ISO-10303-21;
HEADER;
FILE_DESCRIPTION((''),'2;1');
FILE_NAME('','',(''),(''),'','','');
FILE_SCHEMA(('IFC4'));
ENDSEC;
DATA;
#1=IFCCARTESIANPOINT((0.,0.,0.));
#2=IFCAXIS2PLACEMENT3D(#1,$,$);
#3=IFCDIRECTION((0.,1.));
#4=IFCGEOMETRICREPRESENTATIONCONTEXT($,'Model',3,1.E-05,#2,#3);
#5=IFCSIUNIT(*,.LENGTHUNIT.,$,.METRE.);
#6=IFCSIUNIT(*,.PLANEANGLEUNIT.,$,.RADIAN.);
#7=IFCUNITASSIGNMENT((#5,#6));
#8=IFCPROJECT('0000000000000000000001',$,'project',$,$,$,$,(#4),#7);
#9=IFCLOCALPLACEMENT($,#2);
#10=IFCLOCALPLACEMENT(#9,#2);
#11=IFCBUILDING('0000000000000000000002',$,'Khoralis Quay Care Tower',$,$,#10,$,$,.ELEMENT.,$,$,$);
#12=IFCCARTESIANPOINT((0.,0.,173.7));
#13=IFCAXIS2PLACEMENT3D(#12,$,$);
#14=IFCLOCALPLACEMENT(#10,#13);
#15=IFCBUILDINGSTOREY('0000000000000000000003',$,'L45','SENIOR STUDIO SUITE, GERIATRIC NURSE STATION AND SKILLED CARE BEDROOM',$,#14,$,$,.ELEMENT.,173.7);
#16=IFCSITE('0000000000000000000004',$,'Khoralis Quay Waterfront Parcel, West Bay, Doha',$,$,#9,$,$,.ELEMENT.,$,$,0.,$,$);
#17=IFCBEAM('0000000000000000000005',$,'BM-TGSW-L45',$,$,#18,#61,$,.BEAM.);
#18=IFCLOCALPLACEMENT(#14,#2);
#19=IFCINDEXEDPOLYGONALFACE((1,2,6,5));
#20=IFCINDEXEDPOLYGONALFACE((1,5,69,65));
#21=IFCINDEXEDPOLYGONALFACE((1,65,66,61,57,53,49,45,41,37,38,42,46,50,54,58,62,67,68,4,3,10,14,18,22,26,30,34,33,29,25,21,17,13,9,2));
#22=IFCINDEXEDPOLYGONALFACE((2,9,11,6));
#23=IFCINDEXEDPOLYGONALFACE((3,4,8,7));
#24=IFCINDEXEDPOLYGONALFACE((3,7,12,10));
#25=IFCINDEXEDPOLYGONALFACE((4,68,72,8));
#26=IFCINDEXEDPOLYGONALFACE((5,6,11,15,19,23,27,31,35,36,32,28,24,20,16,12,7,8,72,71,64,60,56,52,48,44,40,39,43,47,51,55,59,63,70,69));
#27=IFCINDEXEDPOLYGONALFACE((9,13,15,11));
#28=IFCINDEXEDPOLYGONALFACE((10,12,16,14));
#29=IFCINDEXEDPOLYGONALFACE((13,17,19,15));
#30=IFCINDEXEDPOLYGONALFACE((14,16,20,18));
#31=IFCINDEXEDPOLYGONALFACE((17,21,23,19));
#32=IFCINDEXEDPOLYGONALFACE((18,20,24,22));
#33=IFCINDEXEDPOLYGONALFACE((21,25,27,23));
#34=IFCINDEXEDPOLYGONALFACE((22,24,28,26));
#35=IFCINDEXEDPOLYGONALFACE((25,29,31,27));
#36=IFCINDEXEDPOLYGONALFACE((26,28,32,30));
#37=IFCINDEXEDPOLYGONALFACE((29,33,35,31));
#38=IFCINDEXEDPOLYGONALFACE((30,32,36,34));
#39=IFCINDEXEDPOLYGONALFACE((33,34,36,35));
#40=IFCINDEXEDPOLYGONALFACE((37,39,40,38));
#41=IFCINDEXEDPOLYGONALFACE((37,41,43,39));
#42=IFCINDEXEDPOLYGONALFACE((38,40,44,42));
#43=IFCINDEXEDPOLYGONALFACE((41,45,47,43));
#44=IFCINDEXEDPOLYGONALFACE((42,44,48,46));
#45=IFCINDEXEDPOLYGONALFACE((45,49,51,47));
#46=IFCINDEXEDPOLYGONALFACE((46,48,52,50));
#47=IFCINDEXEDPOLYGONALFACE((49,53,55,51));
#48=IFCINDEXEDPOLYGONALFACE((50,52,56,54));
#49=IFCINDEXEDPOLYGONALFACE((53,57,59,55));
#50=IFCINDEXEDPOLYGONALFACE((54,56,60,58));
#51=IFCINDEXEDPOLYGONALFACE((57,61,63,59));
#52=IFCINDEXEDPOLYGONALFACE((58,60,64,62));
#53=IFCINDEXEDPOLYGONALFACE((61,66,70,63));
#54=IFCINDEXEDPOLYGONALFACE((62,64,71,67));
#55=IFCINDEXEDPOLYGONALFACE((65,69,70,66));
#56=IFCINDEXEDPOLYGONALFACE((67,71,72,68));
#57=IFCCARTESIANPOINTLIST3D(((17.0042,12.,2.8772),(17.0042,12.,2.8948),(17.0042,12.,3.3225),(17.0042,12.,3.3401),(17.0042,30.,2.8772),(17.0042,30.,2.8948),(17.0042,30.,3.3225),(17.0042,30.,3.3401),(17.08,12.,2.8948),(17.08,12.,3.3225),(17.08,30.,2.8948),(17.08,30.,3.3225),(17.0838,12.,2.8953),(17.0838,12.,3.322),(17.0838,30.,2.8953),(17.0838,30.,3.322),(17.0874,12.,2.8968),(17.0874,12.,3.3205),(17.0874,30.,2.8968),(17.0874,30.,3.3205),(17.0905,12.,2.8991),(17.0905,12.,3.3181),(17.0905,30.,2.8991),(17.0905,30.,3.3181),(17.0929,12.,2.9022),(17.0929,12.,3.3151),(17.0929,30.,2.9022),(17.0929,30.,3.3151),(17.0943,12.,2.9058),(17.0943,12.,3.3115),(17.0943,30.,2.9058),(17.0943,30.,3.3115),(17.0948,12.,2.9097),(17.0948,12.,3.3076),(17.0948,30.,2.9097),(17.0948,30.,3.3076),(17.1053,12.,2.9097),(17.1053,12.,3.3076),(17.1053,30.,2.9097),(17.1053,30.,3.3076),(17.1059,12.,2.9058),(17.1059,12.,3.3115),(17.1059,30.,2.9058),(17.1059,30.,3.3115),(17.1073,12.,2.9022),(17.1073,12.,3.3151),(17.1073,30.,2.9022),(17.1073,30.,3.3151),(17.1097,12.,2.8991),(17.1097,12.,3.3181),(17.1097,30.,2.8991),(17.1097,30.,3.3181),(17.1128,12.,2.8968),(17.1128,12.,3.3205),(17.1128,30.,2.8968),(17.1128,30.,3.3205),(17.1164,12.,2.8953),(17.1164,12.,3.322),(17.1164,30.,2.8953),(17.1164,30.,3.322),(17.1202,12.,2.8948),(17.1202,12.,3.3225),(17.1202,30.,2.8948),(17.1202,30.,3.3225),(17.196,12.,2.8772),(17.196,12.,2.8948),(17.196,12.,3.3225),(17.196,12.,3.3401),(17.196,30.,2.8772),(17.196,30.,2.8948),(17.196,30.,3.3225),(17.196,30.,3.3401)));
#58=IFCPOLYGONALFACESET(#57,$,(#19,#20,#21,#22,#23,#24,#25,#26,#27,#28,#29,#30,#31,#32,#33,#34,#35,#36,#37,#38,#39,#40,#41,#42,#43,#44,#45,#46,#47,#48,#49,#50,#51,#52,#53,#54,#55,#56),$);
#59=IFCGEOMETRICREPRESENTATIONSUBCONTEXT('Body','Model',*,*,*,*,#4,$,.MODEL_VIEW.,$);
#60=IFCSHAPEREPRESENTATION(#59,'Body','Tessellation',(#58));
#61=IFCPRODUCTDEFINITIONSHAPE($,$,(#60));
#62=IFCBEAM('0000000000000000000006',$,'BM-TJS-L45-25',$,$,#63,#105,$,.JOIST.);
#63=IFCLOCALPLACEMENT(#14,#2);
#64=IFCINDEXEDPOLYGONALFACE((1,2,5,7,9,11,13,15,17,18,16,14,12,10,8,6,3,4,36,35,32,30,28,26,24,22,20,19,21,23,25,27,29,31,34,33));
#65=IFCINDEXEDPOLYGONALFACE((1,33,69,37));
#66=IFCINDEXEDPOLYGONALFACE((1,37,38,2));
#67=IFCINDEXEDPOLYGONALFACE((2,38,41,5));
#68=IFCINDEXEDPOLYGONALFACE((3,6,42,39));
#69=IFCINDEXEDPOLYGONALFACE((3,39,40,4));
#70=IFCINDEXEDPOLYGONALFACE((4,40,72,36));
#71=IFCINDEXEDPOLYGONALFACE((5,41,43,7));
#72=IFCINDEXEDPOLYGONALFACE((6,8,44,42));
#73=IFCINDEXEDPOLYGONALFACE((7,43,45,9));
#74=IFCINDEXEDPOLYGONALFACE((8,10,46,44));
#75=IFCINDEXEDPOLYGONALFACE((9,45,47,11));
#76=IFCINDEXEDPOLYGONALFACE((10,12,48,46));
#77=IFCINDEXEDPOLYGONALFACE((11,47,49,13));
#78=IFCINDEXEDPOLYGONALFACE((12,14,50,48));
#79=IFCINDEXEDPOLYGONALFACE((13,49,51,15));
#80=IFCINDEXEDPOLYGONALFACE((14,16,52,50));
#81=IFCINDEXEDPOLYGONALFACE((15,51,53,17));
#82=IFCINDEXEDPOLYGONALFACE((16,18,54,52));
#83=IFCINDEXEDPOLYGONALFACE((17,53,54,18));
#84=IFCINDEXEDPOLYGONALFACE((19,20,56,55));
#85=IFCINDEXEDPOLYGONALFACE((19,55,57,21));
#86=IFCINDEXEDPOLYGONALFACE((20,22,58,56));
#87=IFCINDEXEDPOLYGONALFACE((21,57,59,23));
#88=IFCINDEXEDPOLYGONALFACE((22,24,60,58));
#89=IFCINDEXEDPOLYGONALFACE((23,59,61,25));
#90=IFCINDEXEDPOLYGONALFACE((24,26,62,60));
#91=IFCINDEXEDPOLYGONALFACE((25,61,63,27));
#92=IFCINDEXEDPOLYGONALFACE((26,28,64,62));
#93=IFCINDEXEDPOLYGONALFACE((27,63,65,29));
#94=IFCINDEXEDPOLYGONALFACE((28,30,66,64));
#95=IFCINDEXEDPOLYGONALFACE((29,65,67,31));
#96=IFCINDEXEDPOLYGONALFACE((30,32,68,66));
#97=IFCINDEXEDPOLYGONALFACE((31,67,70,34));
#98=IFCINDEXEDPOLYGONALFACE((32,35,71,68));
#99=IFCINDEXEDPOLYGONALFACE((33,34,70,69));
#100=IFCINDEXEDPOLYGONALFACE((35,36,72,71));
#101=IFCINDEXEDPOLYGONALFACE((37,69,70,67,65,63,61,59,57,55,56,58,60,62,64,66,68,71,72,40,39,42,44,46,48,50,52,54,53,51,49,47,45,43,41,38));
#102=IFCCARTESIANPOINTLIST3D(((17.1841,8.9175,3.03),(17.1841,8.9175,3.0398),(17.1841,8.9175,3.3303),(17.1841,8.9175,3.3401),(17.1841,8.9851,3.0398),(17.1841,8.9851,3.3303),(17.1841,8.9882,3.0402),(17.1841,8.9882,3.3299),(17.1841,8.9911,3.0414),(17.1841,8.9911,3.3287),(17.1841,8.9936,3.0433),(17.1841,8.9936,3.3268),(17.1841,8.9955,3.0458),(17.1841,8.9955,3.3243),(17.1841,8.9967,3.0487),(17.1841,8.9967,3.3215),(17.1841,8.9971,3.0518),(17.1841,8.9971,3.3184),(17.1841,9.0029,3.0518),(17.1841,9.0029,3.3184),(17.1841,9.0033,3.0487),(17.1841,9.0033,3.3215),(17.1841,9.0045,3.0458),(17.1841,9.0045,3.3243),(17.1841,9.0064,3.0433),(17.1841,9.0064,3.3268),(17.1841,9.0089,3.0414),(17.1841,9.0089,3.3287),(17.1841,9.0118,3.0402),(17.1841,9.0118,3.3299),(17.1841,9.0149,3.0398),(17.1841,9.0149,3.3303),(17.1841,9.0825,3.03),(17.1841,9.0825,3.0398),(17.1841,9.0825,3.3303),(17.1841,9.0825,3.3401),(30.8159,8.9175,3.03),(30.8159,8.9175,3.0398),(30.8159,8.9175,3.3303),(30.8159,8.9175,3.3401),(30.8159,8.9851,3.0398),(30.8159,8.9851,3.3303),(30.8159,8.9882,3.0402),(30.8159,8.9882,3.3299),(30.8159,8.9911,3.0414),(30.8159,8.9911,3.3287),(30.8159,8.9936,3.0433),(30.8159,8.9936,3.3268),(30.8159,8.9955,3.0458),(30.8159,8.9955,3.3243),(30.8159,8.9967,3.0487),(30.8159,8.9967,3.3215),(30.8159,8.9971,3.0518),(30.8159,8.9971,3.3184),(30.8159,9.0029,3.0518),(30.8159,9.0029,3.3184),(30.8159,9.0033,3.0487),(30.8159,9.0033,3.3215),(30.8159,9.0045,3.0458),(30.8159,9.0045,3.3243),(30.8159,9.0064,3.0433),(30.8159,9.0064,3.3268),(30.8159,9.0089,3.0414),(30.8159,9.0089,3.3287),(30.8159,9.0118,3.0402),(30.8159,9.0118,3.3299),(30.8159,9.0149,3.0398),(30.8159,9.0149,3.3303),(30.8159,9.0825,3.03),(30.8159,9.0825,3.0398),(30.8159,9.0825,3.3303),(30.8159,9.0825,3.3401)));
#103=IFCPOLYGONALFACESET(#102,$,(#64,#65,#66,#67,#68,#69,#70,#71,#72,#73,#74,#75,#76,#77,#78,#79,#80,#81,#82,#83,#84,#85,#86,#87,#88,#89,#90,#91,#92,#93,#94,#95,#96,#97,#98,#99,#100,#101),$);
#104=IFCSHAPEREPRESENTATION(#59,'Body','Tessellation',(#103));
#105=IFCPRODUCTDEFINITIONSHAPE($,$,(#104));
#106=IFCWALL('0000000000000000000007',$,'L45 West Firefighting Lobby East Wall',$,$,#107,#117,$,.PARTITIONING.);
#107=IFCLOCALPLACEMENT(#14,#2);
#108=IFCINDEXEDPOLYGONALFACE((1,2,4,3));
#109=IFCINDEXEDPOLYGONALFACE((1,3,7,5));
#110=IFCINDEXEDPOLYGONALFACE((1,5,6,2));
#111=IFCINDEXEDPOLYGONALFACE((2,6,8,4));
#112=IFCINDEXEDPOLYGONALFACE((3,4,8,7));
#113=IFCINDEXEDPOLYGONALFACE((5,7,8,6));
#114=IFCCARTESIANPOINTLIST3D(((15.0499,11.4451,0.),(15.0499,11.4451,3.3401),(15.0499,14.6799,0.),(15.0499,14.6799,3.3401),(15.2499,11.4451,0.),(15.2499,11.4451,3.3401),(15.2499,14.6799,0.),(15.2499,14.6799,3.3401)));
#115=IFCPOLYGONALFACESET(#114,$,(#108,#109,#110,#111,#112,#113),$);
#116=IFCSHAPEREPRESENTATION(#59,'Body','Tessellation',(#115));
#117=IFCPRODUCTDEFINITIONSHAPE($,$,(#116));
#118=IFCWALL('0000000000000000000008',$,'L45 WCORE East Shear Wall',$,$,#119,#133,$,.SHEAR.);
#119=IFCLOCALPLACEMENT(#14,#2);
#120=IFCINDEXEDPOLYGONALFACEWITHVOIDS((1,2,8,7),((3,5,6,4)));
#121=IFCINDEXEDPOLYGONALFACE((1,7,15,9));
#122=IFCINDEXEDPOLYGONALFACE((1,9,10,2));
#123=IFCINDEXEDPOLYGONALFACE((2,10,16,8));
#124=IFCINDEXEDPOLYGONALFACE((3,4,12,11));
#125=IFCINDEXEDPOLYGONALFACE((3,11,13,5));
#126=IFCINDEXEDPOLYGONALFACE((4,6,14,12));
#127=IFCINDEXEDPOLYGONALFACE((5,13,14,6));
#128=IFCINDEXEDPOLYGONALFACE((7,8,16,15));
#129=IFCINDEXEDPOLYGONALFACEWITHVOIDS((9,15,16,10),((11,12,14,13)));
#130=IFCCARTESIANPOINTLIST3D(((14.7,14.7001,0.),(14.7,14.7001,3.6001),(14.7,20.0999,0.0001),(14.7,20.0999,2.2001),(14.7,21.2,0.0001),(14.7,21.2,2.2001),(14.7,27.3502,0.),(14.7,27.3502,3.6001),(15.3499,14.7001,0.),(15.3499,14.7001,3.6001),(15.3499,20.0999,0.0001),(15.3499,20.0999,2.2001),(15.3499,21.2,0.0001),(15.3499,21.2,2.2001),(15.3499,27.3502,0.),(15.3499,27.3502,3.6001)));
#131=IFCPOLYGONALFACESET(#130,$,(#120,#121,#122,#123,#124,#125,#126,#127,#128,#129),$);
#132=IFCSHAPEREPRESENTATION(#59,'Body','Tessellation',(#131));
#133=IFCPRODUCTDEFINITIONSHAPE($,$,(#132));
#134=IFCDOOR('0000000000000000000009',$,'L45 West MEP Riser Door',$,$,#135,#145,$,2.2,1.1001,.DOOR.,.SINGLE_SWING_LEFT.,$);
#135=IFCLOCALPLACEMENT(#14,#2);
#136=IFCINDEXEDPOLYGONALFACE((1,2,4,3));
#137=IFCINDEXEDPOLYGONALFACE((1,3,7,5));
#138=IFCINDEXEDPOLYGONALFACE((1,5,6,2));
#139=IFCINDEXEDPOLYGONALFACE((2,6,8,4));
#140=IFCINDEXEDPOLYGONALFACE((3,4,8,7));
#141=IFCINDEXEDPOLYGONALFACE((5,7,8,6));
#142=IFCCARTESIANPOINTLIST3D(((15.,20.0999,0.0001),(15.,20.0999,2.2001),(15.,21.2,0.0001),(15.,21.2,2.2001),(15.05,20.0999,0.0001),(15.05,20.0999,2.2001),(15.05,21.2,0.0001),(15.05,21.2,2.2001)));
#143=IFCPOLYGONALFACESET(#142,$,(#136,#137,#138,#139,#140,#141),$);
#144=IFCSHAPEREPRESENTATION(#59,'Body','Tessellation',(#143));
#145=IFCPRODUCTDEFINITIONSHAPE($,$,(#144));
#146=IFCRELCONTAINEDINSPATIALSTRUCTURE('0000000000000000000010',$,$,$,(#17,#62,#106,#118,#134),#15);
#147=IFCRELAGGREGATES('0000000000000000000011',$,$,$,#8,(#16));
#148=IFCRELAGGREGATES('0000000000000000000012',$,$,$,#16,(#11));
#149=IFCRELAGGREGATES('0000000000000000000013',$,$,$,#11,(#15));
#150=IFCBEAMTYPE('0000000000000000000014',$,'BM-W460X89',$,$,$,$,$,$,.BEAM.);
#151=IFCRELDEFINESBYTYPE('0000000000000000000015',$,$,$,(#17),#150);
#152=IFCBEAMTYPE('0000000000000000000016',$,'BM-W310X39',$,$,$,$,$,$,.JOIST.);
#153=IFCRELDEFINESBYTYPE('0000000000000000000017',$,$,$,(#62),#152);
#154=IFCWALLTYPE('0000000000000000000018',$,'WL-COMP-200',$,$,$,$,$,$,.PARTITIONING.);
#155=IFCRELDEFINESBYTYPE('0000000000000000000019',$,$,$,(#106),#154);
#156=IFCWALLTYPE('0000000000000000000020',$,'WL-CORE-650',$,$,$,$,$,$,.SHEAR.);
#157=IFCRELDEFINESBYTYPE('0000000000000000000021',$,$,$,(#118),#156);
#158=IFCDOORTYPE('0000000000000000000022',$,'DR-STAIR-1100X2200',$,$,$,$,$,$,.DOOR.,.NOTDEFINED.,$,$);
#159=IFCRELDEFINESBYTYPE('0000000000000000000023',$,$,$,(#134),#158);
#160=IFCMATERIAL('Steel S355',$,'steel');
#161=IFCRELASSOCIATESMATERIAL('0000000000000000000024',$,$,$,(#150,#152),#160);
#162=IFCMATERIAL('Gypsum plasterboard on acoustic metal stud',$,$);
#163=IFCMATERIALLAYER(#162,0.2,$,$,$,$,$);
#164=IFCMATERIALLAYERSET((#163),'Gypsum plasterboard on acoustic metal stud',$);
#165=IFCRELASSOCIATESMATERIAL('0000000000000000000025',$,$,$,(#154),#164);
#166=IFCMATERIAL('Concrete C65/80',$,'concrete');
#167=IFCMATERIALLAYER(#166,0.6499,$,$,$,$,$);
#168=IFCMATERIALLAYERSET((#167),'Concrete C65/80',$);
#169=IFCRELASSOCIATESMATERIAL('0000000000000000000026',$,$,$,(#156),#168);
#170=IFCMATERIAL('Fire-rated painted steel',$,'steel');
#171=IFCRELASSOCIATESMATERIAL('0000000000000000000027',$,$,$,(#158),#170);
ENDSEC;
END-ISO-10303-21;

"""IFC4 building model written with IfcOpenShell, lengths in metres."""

from ifc_helpers import new_model, si_unit, direction, frame, frame_2d, origin, origin_2d, place, context, subcontext, project, spatial, rectangle, i_section, extrude, source, transform, mapped, material, layer, layer_set, material_profile, profile_set, type_object, element, fill, save


model = new_model("IFC4")

# Units and contexts
model_context = context("Model", 3, precision=1e-05, world=origin(), true_north=direction((0.0, 1.0)))
body_context = subcontext(model_context, "Body", "Model", "MODEL_VIEW")
ifc_project = project(units=[si_unit("LENGTHUNIT", "METRE"), si_unit("PLANEANGLEUNIT", "RADIAN")], contexts=[model_context])

# Site, building, storey
site_placement = place(None, origin())
site = spatial("IfcSite", under=ifc_project, at=site_placement, Name="Khoralis Quay Waterfront Parcel, West Bay, Doha", CompositionType="ELEMENT", RefElevation=0.0)
building_placement = place(site_placement, origin())
building = spatial("IfcBuilding", under=site, at=building_placement, Name="Khoralis Quay Care Tower", CompositionType="ELEMENT")
storey_placement = place(building_placement, frame((0.0, 0.0, 173.7)))
storey = spatial("IfcBuildingStorey", under=building, at=storey_placement, Name="L45", Description="SENIOR STUDIO SUITE, GERIATRIC NURSE STATION AND SKILLED CARE BEDROOM", CompositionType="ELEMENT", Elevation=173.7)

# Beams
ifc_material_1 = material(Name="Concrete C65/80", Category="concrete")
ifc_material_2 = material(Name="Steel S355", Category="steel")
ifc_material_profile_1 = material_profile(ifc_material_2, i_section(OverallWidth=0.1919, OverallDepth=0.4629, WebThickness=0.0105, FlangeThickness=0.0176, FilletRadius=0.0149, at=origin_2d()), Name="Steel S355")
ifc_profile_set_1 = profile_set([ifc_material_profile_1], Name="Steel S355")
beam_type_1 = type_object("IfcBeamType", Name="BM-W460X89", PredefinedType="BEAM", material=ifc_profile_set_1)
shared_shape_1 = source(origin(), body_context, "Body", "SweptSolid", [
    extrude(i_section(OverallWidth=0.1919, OverallDepth=0.4629, WebThickness=0.0105, FlangeThickness=0.0176, FilletRadius=0.0149, at=origin_2d()), origin(), (0.0, 0.0, 1.0), 18.0),
])
beam_1_placement = place(storey_placement, frame((17.1001, 12.0, 3.1086), z_axis=(0.0, 1.0, 0.0), x_axis=(-1.0, 0.0, 0.0)))
element("IfcBeam", 1, at=beam_1_placement, inside=storey, type_object=beam_type_1, Name="BM-TGSW-L45", PredefinedType="BEAM", context=body_context, shape_type="MappedRepresentation", body=[
    mapped(shared_shape_1, transform((0.0, 0.0, 0.0), scale=1.0)),
])
ifc_material_profile_2 = material_profile(ifc_material_2, i_section(OverallWidth=0.165, OverallDepth=0.3101, WebThickness=0.0059, FlangeThickness=0.0098, FilletRadius=0.012, at=origin_2d()), Name="Steel S355")
ifc_profile_set_2 = profile_set([ifc_material_profile_2], Name="Steel S355")
beam_type_2 = type_object("IfcBeamType", Name="BM-W310X39", PredefinedType="JOIST", material=ifc_profile_set_2)
shared_shape_2 = source(origin(), body_context, "Body", "SweptSolid", [
    extrude(i_section(OverallWidth=0.165, OverallDepth=0.3101, WebThickness=0.0059, FlangeThickness=0.0098, FilletRadius=0.012, at=origin_2d()), origin(), (0.0, 0.0, 1.0), 13.6318),
])
beam_2_placement = place(storey_placement, frame((17.1841, 9.0, 3.1851), z_axis=(1.0, 0.0, 0.0), x_axis=(0.0, 1.0, 0.0)))
element("IfcBeam", 2, at=beam_2_placement, inside=storey, type_object=beam_type_2, Name="BM-TJS-L45-25", PredefinedType="JOIST", context=body_context, shape_type="MappedRepresentation", body=[
    mapped(shared_shape_2, transform((0.0, 0.0, 0.0), scale=1.0)),
])

# Wall
ifc_material_3 = material(Name="Gypsum plasterboard on acoustic metal stud")
ifc_layer_1 = layer(ifc_material_3, 0.2)
ifc_layer_set_1 = layer_set([ifc_layer_1], Name="Gypsum plasterboard on acoustic metal stud")
wall_type_1 = type_object("IfcWallType", Name="WL-COMP-200", PredefinedType="PARTITIONING", material=ifc_layer_set_1)
wall_1_placement = place(storey_placement, frame((15.1499, 11.4451, 0.0), z_axis=(0.0, 0.0, 1.0), x_axis=(0.0, 1.0, 0.0)))
element("IfcWall", 3, at=wall_1_placement, inside=storey, type_object=wall_type_1, Name="L45 West Firefighting Lobby East Wall", PredefinedType="PARTITIONING", context=body_context, shape_type="SweptSolid", body=[
    extrude(rectangle(XDim=3.2349, YDim=0.2, at=frame_2d((1.6174, 0.0))), origin(), (0.0, 0.0, 1.0), 3.3401),
])

# Wall, opening, door
ifc_layer_2 = layer(ifc_material_1, 0.6499)
ifc_layer_set_2 = layer_set([ifc_layer_2], Name="Concrete C65/80")
wall_type_2 = type_object("IfcWallType", Name="WL-CORE-650", PredefinedType="SHEAR", material=ifc_layer_set_2)
wall_2_placement = place(storey_placement, frame((15.0249, 14.7, 0.0), z_axis=(0.0, 0.0, 1.0), x_axis=(0.0, 1.0, 0.0)))
wall_2 = element("IfcWall", 4, at=wall_2_placement, inside=storey, type_object=wall_type_2, Name="L45 WCORE East Shear Wall", PredefinedType="SHEAR", context=body_context, shape_type="SweptSolid", body=[
    extrude(rectangle(XDim=12.6501, YDim=0.6499, at=frame_2d((6.3252, 0.0))), origin(), (0.0, 0.0, 1.0), 3.6001),
])
opening_1_placement = place(wall_2_placement, frame((5.3999, 0.0, 0.0)))
opening_1 = element("IfcOpeningElement", 5, at=opening_1_placement, cuts=wall_2, PredefinedType="OPENING", context=body_context, shape_type="SweptSolid", body=[
    extrude(rectangle(XDim=1.1001, YDim=2.2, at=frame_2d((0.55, 1.1001))), frame((0.0, 0.335, 0.0), z_axis=(0.0, -1.0, 0.0), x_axis=(1.0, 0.0, 0.0)), (0.0, 0.0, 1.0), 0.6699),
])
ifc_material_4 = material(Name="Fire-rated painted steel", Category="steel")
door_type_1 = type_object("IfcDoorType", Name="DR-STAIR-1100X2200", OperationType="NOTDEFINED", PredefinedType="DOOR", material=ifc_material_4)
shared_shape_3 = source(origin(), body_context, "Body", "SweptSolid", [
    extrude(rectangle(XDim=1.1001, YDim=2.2, at=frame_2d((0.55, 1.1001))), frame((0.0, 0.0249, 0.0), z_axis=(0.0, -1.0, 0.0), x_axis=(1.0, 0.0, 0.0)), (0.0, 0.0, 1.0), 0.05),
])
door_1_placement = place(opening_1_placement, origin())
door_1 = element("IfcDoor", 6, at=door_1_placement, inside=storey, type_object=door_type_1, Name="L45 West MEP Riser Door", OperationType="SINGLE_SWING_LEFT", OverallHeight=2.2, OverallWidth=1.1001, PredefinedType="DOOR", context=body_context, shape_type="MappedRepresentation", body=[
    mapped(shared_shape_3, transform((0.0, 0.0, 0.0), scale=1.0)),
])
fill(opening_1, door_1)

save(model, "model.ifc")
